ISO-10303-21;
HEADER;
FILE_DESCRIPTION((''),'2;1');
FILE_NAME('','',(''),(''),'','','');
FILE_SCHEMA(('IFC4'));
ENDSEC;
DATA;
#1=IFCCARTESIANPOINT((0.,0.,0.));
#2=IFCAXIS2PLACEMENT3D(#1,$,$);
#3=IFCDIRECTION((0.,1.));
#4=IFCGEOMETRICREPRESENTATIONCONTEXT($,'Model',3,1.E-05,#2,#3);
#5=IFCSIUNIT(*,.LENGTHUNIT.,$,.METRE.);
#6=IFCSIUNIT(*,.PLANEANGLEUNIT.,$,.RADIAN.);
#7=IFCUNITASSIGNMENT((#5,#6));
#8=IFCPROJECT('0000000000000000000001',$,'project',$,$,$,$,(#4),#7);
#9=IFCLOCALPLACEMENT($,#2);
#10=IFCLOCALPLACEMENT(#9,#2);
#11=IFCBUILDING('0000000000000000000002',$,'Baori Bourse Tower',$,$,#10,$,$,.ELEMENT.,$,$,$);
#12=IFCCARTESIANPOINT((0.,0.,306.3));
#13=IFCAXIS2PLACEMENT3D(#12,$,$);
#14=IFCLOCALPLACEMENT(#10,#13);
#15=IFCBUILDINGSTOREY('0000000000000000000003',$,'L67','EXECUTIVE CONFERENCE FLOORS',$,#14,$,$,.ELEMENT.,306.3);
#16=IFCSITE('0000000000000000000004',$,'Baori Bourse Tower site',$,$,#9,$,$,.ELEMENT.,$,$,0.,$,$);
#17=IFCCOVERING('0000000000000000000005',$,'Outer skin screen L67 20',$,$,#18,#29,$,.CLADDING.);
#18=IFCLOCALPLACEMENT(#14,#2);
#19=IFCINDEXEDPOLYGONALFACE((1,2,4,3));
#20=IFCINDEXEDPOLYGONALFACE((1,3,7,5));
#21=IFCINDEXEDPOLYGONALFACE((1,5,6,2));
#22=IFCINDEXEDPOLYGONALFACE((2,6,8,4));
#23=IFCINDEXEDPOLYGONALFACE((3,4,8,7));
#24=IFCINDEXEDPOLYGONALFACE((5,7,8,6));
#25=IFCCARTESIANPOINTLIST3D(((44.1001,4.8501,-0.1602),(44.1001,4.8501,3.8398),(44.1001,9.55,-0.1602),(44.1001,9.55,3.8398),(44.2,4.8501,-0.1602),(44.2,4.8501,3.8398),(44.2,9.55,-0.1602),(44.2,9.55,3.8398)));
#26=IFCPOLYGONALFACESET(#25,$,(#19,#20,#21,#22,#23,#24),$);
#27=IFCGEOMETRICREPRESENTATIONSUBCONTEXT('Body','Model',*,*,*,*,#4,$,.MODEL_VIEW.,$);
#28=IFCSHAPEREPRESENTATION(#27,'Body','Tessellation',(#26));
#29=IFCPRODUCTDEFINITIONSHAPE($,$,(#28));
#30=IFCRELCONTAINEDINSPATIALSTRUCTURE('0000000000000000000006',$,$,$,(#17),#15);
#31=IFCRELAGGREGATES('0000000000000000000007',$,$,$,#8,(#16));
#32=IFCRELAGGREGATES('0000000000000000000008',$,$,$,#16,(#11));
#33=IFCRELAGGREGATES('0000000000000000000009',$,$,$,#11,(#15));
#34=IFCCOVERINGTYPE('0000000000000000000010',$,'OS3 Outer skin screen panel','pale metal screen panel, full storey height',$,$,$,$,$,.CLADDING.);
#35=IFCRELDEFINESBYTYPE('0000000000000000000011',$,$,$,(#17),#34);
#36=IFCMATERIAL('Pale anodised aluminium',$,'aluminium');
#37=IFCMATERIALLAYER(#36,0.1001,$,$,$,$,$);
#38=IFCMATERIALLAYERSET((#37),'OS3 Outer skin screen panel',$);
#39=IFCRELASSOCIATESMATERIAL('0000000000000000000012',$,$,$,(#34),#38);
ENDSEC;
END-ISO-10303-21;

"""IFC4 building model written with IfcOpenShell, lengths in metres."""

from ifc_helpers import new_model, si_unit, direction, frame, origin, place, context, subcontext, project, spatial, polyline, outline, extrude, material, layer, layer_set, type_object, element, save


model = new_model("IFC4")

# Units and contexts
model_context = context("Model", 3, precision=1e-05, world=origin(), true_north=direction((0.0, 1.0)))
body_context = subcontext(model_context, "Body", "Model", "MODEL_VIEW")
ifc_project = project(units=[si_unit("LENGTHUNIT", "METRE"), si_unit("PLANEANGLEUNIT", "RADIAN")], contexts=[model_context])

# Site, building, storey
site_placement = place(None, origin())
site = spatial("IfcSite", under=ifc_project, at=site_placement, Name="Baori Bourse Tower site", CompositionType="ELEMENT", RefElevation=0.0)
building_placement = place(site_placement, origin())
building = spatial("IfcBuilding", under=site, at=building_placement, Name="Baori Bourse Tower", CompositionType="ELEMENT")
storey_placement = place(building_placement, frame((0.0, 0.0, 306.3)))
storey = spatial("IfcBuildingStorey", under=building, at=storey_placement, Name="L67", Description="EXECUTIVE CONFERENCE FLOORS", CompositionType="ELEMENT", Elevation=306.3)

# Covering
ifc_material_1 = material(Name="Pale anodised aluminium", Category="aluminium")
ifc_layer_1 = layer(ifc_material_1, 0.1001)
ifc_layer_set_1 = layer_set([ifc_layer_1], Name="OS3 Outer skin screen panel")
covering_type = type_object("IfcCoveringType", Name="OS3 Outer skin screen panel", Description="pale metal screen panel, full storey height", PredefinedType="CLADDING", material=ifc_layer_set_1)
covering_1_placement = place(storey_placement, frame((0.0, 0.0, -0.1602)))
element("IfcCovering", 1, at=covering_1_placement, inside=storey, type_object=covering_type, Name="Outer skin screen L67 20", PredefinedType="CLADDING", context=body_context, shape_type="SweptSolid", body=[
    extrude(outline(polyline([(44.1001, 9.55), (44.1001, 4.8501), (44.2, 4.8501), (44.2, 9.55), (44.1001, 9.55)])), origin(), (0.0, 0.0, 1.0), 4.0),
])

save(model, "model.ifc")
